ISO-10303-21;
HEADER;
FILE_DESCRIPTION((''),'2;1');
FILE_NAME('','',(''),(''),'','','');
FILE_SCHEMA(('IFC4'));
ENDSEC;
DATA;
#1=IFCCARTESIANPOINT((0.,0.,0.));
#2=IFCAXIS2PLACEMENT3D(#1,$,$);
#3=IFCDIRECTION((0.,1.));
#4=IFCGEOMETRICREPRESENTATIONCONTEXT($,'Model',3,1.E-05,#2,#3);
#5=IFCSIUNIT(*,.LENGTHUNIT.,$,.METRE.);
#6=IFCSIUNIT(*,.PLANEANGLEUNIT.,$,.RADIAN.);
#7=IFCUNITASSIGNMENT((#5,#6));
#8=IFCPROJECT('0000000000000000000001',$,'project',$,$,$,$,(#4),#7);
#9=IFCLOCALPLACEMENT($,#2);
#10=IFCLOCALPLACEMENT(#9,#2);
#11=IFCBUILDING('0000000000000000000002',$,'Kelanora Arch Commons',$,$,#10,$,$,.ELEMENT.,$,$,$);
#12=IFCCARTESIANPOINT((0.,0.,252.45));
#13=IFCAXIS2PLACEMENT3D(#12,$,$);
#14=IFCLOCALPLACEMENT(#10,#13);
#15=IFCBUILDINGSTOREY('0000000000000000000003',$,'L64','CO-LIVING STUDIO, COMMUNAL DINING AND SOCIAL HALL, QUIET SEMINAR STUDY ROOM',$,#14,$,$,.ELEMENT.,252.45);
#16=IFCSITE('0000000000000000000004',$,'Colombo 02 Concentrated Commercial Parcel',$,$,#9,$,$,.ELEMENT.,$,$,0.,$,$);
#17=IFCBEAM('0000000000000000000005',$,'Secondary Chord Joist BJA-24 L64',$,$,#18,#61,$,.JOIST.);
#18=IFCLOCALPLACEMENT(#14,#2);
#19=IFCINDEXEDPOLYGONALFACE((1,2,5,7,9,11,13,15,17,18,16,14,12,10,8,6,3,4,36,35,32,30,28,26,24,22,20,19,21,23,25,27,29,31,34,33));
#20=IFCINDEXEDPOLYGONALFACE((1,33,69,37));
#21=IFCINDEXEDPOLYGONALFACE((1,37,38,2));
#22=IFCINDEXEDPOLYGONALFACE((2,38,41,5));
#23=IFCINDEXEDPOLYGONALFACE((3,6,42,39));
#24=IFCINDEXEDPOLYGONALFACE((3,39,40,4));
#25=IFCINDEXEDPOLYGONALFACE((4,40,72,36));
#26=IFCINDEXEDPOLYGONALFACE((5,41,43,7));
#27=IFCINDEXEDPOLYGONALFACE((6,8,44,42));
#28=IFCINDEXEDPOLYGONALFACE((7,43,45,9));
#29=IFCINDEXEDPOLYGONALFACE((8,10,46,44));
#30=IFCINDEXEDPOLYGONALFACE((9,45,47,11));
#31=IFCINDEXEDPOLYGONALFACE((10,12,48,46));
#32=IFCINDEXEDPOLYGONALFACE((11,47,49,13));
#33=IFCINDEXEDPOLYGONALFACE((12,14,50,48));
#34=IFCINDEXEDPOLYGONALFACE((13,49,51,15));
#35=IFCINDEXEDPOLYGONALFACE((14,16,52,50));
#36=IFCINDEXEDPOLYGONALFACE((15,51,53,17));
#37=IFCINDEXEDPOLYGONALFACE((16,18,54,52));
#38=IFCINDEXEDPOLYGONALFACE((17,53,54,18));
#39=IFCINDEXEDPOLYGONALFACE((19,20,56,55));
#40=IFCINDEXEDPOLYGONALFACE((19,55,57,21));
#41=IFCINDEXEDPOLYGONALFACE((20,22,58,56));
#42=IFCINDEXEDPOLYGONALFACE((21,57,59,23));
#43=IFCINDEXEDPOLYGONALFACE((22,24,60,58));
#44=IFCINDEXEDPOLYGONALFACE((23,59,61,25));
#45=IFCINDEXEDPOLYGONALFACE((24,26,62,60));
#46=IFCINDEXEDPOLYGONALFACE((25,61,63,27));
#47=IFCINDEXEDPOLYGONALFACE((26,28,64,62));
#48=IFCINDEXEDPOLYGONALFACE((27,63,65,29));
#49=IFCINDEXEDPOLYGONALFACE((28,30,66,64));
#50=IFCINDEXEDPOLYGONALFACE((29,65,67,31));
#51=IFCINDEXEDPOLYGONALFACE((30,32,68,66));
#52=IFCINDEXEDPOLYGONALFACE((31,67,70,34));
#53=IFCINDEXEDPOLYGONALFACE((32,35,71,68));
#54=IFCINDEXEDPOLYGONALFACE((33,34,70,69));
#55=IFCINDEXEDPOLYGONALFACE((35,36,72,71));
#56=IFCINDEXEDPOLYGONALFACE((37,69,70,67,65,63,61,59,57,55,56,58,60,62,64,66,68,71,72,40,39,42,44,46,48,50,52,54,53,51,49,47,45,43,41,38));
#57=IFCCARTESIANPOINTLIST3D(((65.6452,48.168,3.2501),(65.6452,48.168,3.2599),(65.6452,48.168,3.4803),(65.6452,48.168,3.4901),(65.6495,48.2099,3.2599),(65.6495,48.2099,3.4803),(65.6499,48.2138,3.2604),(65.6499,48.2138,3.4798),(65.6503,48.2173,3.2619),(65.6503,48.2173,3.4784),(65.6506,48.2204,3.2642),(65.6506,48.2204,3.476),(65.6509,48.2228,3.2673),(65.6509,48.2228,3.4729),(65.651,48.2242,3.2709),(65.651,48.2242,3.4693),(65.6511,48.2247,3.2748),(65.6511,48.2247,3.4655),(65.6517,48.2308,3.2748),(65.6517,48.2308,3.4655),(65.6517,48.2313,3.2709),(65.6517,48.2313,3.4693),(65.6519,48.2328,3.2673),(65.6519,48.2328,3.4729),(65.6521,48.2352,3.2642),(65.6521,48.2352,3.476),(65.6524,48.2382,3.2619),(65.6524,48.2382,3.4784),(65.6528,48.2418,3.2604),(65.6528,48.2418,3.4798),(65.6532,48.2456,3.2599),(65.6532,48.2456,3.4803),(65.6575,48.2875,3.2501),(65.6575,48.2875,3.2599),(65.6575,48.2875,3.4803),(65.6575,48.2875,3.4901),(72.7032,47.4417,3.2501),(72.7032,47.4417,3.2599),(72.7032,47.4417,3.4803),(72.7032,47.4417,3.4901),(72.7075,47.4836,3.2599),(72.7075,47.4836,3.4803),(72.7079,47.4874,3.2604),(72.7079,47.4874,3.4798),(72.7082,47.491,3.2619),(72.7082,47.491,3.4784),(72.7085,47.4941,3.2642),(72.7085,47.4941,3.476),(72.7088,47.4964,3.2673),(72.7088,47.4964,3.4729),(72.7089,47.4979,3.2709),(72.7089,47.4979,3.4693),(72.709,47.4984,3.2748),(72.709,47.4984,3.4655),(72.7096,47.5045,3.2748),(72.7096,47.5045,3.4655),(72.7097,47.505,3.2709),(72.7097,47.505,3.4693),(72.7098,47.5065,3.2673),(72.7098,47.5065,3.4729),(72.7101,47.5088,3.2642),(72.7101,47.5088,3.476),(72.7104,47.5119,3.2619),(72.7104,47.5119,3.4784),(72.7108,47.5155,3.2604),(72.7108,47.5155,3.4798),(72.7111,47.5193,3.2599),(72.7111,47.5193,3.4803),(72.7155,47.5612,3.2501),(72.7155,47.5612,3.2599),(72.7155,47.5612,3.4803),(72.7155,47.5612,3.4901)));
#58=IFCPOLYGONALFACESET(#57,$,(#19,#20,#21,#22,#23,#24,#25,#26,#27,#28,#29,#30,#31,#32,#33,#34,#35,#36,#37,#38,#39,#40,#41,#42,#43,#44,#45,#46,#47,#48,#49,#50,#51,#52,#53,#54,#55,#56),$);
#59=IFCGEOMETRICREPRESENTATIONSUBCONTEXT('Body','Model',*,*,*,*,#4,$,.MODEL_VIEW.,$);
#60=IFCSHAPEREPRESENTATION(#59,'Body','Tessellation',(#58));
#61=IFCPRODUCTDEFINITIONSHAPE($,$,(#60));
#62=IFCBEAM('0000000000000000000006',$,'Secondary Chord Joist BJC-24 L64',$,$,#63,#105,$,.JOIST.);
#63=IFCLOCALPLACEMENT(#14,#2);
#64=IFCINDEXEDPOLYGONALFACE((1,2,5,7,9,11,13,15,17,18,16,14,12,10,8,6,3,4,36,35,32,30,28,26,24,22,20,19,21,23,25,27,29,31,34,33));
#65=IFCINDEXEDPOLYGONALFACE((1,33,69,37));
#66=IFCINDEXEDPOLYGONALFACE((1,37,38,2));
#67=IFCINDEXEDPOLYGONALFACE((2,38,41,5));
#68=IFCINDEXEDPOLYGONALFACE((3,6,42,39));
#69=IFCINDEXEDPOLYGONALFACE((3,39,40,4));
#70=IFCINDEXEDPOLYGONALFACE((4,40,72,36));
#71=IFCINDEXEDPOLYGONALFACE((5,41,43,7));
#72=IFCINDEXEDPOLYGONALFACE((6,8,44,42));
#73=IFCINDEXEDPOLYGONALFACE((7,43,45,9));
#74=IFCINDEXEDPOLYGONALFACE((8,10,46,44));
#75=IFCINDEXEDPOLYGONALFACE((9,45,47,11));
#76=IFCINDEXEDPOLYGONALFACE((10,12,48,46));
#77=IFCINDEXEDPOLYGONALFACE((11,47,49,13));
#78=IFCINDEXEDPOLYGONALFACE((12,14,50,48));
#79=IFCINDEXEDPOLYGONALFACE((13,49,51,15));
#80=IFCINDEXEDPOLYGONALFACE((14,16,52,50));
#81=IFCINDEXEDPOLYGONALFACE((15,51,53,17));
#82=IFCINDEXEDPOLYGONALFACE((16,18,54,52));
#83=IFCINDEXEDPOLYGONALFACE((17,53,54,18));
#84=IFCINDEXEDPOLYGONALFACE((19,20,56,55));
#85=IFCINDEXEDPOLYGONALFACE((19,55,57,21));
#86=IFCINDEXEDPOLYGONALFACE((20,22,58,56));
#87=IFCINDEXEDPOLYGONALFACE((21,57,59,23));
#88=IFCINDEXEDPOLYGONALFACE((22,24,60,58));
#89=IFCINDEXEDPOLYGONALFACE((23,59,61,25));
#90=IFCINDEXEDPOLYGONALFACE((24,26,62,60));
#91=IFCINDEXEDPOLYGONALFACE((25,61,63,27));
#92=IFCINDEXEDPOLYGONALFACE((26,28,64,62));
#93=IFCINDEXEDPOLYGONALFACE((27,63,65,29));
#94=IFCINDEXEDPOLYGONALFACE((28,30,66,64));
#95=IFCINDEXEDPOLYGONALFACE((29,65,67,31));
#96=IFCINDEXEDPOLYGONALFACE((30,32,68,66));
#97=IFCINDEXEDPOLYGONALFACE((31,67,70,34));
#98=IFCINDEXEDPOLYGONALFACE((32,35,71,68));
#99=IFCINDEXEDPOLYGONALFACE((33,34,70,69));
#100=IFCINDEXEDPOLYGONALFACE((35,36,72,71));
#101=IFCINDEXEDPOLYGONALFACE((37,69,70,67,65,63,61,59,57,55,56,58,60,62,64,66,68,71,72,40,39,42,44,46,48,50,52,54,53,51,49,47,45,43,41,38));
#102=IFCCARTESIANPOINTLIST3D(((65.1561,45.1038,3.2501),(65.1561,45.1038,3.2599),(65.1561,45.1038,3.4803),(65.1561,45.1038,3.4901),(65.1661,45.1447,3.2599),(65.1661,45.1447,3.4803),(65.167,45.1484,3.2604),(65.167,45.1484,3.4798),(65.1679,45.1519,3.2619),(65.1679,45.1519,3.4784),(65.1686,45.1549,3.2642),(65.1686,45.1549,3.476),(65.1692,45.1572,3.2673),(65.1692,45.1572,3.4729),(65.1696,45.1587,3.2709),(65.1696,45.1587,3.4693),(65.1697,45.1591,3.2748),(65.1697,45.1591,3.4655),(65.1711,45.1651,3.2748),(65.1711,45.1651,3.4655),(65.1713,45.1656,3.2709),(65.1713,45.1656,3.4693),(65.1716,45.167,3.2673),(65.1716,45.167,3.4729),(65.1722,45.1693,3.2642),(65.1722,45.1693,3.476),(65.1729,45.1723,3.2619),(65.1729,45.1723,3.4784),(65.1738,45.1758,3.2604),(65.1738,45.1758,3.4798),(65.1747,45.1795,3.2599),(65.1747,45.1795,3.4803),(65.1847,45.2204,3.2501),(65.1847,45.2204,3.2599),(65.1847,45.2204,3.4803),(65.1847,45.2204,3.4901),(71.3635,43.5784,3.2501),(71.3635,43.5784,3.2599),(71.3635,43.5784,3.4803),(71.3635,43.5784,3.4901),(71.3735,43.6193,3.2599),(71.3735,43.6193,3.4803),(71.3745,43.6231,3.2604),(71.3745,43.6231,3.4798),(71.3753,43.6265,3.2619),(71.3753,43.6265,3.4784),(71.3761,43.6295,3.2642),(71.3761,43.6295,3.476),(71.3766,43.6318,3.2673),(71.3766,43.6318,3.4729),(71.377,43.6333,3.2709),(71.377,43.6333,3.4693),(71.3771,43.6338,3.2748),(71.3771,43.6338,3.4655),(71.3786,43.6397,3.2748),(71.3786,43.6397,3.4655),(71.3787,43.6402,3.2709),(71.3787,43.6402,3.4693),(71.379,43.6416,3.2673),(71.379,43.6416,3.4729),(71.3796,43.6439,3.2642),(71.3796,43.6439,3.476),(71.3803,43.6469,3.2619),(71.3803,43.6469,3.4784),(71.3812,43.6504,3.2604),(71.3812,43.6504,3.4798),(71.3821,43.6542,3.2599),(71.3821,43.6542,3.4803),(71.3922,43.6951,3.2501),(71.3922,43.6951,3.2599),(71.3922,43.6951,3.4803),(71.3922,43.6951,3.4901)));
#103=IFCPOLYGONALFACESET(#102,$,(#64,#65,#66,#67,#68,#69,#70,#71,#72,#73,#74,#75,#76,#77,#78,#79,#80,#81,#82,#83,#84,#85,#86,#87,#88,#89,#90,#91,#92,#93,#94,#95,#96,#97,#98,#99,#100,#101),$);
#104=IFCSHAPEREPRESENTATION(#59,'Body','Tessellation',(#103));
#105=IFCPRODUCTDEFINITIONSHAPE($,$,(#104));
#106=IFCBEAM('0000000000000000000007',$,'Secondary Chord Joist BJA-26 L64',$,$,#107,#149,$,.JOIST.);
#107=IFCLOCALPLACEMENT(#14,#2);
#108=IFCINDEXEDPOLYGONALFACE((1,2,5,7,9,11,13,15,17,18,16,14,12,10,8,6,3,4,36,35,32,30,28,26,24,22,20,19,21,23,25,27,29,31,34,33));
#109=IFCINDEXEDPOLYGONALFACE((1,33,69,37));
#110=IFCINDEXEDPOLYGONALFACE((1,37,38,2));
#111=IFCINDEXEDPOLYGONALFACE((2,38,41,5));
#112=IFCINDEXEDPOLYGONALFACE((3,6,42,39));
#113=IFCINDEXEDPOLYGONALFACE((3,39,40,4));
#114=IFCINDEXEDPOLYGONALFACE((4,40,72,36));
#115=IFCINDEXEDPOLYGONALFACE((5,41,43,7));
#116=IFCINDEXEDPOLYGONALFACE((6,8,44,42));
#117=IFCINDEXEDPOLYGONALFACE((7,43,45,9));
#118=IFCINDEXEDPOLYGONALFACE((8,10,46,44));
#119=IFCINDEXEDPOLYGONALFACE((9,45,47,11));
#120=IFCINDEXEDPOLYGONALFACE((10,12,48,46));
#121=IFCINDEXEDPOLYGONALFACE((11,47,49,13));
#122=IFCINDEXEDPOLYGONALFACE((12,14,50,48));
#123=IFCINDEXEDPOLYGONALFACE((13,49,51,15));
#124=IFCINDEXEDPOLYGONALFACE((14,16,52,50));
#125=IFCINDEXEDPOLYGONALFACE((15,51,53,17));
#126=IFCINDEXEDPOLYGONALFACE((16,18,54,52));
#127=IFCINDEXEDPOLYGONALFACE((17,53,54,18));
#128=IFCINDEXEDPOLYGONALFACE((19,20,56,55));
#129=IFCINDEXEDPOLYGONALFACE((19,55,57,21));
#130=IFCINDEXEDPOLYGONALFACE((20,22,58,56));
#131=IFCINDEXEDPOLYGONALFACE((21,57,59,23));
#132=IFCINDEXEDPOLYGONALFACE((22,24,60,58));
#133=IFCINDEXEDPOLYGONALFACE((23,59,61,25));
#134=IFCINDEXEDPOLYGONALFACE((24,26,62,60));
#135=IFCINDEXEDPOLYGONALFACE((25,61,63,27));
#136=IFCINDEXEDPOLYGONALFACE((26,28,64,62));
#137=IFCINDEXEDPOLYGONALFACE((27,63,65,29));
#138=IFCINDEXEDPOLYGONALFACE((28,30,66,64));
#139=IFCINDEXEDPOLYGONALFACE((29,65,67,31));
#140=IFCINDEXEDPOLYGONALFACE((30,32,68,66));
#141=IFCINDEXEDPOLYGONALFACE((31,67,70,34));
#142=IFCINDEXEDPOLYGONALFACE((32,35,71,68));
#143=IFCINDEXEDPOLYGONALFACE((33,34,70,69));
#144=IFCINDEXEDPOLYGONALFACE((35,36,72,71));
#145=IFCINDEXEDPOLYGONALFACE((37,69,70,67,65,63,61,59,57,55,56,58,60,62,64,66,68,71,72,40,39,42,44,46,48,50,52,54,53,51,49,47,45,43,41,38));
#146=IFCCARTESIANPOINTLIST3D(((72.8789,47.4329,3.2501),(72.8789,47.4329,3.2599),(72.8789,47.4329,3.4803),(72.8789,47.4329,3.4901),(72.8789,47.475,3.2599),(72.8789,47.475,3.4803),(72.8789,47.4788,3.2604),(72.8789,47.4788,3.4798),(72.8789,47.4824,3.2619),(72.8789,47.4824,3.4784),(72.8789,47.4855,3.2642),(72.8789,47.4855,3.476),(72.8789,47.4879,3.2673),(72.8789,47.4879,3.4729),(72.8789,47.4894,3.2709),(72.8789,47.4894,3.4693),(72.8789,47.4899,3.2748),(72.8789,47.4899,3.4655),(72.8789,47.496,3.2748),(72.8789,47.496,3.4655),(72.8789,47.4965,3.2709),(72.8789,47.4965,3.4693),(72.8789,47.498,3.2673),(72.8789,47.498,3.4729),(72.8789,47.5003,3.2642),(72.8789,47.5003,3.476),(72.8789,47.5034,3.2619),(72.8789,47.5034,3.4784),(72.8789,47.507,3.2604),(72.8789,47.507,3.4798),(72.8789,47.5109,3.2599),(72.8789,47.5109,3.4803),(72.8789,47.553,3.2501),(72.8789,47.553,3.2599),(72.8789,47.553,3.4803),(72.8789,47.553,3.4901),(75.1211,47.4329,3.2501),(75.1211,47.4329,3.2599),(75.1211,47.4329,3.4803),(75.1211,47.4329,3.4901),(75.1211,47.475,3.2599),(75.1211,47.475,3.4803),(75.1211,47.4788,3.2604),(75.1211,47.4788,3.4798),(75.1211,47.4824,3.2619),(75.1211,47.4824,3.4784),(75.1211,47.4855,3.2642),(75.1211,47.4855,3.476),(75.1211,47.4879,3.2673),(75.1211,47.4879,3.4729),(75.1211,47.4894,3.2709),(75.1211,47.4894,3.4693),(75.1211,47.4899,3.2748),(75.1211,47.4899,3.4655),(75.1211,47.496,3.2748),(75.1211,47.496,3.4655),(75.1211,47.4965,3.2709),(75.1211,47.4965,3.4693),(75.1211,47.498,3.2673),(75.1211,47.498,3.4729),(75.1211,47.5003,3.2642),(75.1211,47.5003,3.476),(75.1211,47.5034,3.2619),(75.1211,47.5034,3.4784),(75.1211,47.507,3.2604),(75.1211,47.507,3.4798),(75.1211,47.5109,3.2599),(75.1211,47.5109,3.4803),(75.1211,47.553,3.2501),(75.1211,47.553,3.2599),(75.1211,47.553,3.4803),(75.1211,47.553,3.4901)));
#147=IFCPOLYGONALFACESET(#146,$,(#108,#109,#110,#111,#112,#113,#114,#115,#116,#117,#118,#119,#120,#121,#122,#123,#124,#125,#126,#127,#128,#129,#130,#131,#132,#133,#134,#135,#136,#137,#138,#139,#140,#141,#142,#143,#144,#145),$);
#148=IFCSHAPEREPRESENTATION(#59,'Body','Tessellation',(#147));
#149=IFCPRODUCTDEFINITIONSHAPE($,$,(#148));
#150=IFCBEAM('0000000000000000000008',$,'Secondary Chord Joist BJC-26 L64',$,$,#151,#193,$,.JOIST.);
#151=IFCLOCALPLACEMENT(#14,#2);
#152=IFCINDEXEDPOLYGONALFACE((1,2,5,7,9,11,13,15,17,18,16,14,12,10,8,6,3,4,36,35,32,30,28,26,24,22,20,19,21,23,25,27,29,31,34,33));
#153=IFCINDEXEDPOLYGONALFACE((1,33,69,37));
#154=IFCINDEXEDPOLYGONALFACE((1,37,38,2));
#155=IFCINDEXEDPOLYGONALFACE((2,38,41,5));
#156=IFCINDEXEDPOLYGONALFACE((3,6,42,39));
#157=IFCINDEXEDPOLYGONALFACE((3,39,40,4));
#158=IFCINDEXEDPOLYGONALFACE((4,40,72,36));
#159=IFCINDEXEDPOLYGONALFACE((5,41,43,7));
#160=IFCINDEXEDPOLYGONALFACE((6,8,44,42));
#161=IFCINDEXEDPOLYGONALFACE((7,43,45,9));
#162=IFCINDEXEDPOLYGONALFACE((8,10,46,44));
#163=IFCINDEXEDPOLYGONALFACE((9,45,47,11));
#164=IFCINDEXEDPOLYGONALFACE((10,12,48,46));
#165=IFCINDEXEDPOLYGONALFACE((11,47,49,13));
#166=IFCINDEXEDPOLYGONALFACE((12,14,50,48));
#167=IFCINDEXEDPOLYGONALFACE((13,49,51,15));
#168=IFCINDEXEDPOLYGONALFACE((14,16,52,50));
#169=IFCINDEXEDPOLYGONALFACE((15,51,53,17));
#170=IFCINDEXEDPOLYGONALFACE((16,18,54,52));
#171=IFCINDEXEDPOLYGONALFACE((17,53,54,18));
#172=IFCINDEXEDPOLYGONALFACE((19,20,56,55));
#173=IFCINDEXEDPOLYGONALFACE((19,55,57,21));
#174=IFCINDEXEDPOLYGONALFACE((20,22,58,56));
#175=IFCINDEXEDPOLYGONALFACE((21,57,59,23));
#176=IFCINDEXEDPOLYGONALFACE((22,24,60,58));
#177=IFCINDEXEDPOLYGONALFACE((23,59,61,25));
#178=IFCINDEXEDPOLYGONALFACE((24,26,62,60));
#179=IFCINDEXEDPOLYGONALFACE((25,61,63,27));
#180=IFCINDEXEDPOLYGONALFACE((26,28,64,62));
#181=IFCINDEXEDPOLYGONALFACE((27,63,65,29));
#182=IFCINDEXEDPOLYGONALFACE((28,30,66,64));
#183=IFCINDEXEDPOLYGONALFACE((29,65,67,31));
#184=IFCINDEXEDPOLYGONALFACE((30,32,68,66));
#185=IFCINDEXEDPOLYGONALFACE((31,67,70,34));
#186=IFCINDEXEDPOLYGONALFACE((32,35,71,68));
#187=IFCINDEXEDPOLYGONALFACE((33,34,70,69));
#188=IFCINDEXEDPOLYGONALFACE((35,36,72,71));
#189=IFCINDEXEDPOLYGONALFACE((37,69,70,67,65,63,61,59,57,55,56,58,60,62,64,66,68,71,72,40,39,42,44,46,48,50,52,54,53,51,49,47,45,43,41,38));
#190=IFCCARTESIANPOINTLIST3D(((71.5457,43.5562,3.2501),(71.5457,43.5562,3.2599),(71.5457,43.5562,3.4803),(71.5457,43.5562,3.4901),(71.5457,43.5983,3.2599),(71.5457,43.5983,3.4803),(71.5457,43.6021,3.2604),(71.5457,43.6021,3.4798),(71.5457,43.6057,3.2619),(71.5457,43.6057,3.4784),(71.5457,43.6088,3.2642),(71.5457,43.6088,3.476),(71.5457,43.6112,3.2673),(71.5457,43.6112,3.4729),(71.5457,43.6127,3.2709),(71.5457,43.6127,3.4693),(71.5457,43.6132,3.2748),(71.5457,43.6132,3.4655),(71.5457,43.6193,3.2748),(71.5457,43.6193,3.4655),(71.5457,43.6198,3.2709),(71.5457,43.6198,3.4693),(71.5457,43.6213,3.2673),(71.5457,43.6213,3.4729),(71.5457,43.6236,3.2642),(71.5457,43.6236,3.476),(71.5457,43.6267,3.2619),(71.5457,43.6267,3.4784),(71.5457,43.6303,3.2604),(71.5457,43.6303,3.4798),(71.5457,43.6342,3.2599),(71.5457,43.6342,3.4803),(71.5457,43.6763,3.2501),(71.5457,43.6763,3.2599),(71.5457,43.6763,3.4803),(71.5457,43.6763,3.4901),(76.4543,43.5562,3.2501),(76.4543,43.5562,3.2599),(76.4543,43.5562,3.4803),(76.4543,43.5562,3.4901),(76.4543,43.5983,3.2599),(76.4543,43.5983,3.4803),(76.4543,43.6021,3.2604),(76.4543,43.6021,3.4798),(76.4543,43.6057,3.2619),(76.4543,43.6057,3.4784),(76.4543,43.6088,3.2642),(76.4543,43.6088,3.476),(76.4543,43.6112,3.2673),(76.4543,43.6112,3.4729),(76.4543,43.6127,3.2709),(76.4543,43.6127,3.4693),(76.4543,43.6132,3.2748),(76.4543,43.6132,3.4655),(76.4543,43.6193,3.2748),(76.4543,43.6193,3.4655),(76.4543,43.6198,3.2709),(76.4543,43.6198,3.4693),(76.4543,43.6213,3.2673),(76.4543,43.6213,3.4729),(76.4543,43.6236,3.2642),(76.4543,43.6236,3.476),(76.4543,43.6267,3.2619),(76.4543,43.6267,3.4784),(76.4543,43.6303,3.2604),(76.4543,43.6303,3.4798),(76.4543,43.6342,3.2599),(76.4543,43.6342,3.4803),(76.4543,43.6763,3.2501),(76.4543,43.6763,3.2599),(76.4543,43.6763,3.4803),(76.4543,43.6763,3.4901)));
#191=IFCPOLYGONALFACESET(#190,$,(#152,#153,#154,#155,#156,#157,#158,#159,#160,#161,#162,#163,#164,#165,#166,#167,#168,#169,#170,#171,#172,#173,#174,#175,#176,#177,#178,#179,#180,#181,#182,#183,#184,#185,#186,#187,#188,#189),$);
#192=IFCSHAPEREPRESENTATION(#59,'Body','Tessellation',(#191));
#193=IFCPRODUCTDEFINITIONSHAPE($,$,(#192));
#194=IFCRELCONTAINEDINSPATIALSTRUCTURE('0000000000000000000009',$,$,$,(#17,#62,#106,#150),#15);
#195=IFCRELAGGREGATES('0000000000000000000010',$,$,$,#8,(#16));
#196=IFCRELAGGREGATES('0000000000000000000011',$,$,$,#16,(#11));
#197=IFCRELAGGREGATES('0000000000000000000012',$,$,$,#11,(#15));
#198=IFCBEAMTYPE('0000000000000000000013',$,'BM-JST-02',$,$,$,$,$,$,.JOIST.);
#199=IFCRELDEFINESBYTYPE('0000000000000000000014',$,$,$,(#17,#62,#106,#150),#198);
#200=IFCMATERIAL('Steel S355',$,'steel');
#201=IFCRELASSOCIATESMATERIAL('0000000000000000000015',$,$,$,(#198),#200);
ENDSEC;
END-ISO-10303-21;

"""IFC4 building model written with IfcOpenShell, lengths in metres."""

from ifc_helpers import new_model, si_unit, direction, frame, origin, origin_2d, place, context, subcontext, project, spatial, i_section, extrude, material, material_profile, profile_set, type_object, element, save


model = new_model("IFC4")

# Units and contexts
model_context = context("Model", 3, precision=1e-05, world=origin(), true_north=direction((0.0, 1.0)))
body_context = subcontext(model_context, "Body", "Model", "MODEL_VIEW")
ifc_project = project(units=[si_unit("LENGTHUNIT", "METRE"), si_unit("PLANEANGLEUNIT", "RADIAN")], contexts=[model_context])

# Site, building, storey
site_placement = place(None, origin())
site = spatial("IfcSite", under=ifc_project, at=site_placement, Name="Colombo 02 Concentrated Commercial Parcel", CompositionType="ELEMENT", RefElevation=0.0)
building_placement = place(site_placement, origin())
building = spatial("IfcBuilding", under=site, at=building_placement, Name="Kelanora Arch Commons", CompositionType="ELEMENT")
storey_placement = place(building_placement, frame((0.0, 0.0, 252.45)))
storey = spatial("IfcBuildingStorey", under=building, at=storey_placement, Name="L64", Description="CO-LIVING STUDIO, COMMUNAL DINING AND SOCIAL HALL, QUIET SEMINAR STUDY ROOM", CompositionType="ELEMENT", Elevation=252.45)

# Beams
ifc_material_1 = material(Name="Steel S355", Category="steel")
ifc_material_profile_1 = material_profile(ifc_material_1, i_section(OverallWidth=0.1201, OverallDepth=0.24, WebThickness=0.0061, FlangeThickness=0.0098, FilletRadius=0.0149, at=origin_2d()), Name="IPE240")
ifc_profile_set_1 = profile_set([ifc_material_profile_1], Name="Steel S355")
beam_type_1 = type_object("IfcBeamType", Name="BM-JST-02", PredefinedType="JOIST", material=ifc_profile_set_1)
beam_1_placement = place(storey_placement, frame((65.6514, 48.2278, 3.3701), z_axis=(0.994747, -0.102369, 0.0), x_axis=(0.102369, 0.994747, 0.0)))
element("IfcBeam", 1, at=beam_1_placement, inside=storey, type_object=beam_type_1, Name="Secondary Chord Joist BJA-24 L64", PredefinedType="JOIST", context=body_context, shape_type="SweptSolid", body=[
    extrude(i_section(OverallWidth=0.1201, OverallDepth=0.24, WebThickness=0.0061, FlangeThickness=0.0098, FilletRadius=0.0149, at=origin_2d()), origin(), (0.0, 0.0, 1.0), 7.0952),
])
beam_2_placement = place(storey_placement, frame((65.1704, 45.1621, 3.3701), z_axis=(0.97111, -0.238633, 0.0), x_axis=(0.238633, 0.97111, 0.0)))
element("IfcBeam", 2, at=beam_2_placement, inside=storey, type_object=beam_type_1, Name="Secondary Chord Joist BJC-24 L64", PredefinedType="JOIST", context=body_context, shape_type="SweptSolid", body=[
    extrude(i_section(OverallWidth=0.1201, OverallDepth=0.24, WebThickness=0.0061, FlangeThickness=0.0098, FilletRadius=0.0149, at=origin_2d()), origin(), (0.0, 0.0, 1.0), 6.3921),
])
beam_3_placement = place(storey_placement, frame((72.8789, 47.4929, 3.3701), z_axis=(1.0, 0.0, 0.0), x_axis=(0.0, 1.0, 0.0)))
element("IfcBeam", 3, at=beam_3_placement, inside=storey, type_object=beam_type_1, Name="Secondary Chord Joist BJA-26 L64", PredefinedType="JOIST", context=body_context, shape_type="SweptSolid", body=[
    extrude(i_section(OverallWidth=0.1201, OverallDepth=0.24, WebThickness=0.0061, FlangeThickness=0.0098, FilletRadius=0.0149, at=origin_2d()), origin(), (0.0, 0.0, 1.0), 2.2422),
])
beam_4_placement = place(storey_placement, frame((71.5457, 43.6162, 3.3701), z_axis=(1.0, 0.0, 0.0), x_axis=(0.0, 1.0, 0.0)))
element("IfcBeam", 4, at=beam_4_placement, inside=storey, type_object=beam_type_1, Name="Secondary Chord Joist BJC-26 L64", PredefinedType="JOIST", context=body_context, shape_type="SweptSolid", body=[
    extrude(i_section(OverallWidth=0.1201, OverallDepth=0.24, WebThickness=0.0061, FlangeThickness=0.0098, FilletRadius=0.0149, at=origin_2d()), origin(), (0.0, 0.0, 1.0), 4.9087),
])

save(model, "model.ifc")
